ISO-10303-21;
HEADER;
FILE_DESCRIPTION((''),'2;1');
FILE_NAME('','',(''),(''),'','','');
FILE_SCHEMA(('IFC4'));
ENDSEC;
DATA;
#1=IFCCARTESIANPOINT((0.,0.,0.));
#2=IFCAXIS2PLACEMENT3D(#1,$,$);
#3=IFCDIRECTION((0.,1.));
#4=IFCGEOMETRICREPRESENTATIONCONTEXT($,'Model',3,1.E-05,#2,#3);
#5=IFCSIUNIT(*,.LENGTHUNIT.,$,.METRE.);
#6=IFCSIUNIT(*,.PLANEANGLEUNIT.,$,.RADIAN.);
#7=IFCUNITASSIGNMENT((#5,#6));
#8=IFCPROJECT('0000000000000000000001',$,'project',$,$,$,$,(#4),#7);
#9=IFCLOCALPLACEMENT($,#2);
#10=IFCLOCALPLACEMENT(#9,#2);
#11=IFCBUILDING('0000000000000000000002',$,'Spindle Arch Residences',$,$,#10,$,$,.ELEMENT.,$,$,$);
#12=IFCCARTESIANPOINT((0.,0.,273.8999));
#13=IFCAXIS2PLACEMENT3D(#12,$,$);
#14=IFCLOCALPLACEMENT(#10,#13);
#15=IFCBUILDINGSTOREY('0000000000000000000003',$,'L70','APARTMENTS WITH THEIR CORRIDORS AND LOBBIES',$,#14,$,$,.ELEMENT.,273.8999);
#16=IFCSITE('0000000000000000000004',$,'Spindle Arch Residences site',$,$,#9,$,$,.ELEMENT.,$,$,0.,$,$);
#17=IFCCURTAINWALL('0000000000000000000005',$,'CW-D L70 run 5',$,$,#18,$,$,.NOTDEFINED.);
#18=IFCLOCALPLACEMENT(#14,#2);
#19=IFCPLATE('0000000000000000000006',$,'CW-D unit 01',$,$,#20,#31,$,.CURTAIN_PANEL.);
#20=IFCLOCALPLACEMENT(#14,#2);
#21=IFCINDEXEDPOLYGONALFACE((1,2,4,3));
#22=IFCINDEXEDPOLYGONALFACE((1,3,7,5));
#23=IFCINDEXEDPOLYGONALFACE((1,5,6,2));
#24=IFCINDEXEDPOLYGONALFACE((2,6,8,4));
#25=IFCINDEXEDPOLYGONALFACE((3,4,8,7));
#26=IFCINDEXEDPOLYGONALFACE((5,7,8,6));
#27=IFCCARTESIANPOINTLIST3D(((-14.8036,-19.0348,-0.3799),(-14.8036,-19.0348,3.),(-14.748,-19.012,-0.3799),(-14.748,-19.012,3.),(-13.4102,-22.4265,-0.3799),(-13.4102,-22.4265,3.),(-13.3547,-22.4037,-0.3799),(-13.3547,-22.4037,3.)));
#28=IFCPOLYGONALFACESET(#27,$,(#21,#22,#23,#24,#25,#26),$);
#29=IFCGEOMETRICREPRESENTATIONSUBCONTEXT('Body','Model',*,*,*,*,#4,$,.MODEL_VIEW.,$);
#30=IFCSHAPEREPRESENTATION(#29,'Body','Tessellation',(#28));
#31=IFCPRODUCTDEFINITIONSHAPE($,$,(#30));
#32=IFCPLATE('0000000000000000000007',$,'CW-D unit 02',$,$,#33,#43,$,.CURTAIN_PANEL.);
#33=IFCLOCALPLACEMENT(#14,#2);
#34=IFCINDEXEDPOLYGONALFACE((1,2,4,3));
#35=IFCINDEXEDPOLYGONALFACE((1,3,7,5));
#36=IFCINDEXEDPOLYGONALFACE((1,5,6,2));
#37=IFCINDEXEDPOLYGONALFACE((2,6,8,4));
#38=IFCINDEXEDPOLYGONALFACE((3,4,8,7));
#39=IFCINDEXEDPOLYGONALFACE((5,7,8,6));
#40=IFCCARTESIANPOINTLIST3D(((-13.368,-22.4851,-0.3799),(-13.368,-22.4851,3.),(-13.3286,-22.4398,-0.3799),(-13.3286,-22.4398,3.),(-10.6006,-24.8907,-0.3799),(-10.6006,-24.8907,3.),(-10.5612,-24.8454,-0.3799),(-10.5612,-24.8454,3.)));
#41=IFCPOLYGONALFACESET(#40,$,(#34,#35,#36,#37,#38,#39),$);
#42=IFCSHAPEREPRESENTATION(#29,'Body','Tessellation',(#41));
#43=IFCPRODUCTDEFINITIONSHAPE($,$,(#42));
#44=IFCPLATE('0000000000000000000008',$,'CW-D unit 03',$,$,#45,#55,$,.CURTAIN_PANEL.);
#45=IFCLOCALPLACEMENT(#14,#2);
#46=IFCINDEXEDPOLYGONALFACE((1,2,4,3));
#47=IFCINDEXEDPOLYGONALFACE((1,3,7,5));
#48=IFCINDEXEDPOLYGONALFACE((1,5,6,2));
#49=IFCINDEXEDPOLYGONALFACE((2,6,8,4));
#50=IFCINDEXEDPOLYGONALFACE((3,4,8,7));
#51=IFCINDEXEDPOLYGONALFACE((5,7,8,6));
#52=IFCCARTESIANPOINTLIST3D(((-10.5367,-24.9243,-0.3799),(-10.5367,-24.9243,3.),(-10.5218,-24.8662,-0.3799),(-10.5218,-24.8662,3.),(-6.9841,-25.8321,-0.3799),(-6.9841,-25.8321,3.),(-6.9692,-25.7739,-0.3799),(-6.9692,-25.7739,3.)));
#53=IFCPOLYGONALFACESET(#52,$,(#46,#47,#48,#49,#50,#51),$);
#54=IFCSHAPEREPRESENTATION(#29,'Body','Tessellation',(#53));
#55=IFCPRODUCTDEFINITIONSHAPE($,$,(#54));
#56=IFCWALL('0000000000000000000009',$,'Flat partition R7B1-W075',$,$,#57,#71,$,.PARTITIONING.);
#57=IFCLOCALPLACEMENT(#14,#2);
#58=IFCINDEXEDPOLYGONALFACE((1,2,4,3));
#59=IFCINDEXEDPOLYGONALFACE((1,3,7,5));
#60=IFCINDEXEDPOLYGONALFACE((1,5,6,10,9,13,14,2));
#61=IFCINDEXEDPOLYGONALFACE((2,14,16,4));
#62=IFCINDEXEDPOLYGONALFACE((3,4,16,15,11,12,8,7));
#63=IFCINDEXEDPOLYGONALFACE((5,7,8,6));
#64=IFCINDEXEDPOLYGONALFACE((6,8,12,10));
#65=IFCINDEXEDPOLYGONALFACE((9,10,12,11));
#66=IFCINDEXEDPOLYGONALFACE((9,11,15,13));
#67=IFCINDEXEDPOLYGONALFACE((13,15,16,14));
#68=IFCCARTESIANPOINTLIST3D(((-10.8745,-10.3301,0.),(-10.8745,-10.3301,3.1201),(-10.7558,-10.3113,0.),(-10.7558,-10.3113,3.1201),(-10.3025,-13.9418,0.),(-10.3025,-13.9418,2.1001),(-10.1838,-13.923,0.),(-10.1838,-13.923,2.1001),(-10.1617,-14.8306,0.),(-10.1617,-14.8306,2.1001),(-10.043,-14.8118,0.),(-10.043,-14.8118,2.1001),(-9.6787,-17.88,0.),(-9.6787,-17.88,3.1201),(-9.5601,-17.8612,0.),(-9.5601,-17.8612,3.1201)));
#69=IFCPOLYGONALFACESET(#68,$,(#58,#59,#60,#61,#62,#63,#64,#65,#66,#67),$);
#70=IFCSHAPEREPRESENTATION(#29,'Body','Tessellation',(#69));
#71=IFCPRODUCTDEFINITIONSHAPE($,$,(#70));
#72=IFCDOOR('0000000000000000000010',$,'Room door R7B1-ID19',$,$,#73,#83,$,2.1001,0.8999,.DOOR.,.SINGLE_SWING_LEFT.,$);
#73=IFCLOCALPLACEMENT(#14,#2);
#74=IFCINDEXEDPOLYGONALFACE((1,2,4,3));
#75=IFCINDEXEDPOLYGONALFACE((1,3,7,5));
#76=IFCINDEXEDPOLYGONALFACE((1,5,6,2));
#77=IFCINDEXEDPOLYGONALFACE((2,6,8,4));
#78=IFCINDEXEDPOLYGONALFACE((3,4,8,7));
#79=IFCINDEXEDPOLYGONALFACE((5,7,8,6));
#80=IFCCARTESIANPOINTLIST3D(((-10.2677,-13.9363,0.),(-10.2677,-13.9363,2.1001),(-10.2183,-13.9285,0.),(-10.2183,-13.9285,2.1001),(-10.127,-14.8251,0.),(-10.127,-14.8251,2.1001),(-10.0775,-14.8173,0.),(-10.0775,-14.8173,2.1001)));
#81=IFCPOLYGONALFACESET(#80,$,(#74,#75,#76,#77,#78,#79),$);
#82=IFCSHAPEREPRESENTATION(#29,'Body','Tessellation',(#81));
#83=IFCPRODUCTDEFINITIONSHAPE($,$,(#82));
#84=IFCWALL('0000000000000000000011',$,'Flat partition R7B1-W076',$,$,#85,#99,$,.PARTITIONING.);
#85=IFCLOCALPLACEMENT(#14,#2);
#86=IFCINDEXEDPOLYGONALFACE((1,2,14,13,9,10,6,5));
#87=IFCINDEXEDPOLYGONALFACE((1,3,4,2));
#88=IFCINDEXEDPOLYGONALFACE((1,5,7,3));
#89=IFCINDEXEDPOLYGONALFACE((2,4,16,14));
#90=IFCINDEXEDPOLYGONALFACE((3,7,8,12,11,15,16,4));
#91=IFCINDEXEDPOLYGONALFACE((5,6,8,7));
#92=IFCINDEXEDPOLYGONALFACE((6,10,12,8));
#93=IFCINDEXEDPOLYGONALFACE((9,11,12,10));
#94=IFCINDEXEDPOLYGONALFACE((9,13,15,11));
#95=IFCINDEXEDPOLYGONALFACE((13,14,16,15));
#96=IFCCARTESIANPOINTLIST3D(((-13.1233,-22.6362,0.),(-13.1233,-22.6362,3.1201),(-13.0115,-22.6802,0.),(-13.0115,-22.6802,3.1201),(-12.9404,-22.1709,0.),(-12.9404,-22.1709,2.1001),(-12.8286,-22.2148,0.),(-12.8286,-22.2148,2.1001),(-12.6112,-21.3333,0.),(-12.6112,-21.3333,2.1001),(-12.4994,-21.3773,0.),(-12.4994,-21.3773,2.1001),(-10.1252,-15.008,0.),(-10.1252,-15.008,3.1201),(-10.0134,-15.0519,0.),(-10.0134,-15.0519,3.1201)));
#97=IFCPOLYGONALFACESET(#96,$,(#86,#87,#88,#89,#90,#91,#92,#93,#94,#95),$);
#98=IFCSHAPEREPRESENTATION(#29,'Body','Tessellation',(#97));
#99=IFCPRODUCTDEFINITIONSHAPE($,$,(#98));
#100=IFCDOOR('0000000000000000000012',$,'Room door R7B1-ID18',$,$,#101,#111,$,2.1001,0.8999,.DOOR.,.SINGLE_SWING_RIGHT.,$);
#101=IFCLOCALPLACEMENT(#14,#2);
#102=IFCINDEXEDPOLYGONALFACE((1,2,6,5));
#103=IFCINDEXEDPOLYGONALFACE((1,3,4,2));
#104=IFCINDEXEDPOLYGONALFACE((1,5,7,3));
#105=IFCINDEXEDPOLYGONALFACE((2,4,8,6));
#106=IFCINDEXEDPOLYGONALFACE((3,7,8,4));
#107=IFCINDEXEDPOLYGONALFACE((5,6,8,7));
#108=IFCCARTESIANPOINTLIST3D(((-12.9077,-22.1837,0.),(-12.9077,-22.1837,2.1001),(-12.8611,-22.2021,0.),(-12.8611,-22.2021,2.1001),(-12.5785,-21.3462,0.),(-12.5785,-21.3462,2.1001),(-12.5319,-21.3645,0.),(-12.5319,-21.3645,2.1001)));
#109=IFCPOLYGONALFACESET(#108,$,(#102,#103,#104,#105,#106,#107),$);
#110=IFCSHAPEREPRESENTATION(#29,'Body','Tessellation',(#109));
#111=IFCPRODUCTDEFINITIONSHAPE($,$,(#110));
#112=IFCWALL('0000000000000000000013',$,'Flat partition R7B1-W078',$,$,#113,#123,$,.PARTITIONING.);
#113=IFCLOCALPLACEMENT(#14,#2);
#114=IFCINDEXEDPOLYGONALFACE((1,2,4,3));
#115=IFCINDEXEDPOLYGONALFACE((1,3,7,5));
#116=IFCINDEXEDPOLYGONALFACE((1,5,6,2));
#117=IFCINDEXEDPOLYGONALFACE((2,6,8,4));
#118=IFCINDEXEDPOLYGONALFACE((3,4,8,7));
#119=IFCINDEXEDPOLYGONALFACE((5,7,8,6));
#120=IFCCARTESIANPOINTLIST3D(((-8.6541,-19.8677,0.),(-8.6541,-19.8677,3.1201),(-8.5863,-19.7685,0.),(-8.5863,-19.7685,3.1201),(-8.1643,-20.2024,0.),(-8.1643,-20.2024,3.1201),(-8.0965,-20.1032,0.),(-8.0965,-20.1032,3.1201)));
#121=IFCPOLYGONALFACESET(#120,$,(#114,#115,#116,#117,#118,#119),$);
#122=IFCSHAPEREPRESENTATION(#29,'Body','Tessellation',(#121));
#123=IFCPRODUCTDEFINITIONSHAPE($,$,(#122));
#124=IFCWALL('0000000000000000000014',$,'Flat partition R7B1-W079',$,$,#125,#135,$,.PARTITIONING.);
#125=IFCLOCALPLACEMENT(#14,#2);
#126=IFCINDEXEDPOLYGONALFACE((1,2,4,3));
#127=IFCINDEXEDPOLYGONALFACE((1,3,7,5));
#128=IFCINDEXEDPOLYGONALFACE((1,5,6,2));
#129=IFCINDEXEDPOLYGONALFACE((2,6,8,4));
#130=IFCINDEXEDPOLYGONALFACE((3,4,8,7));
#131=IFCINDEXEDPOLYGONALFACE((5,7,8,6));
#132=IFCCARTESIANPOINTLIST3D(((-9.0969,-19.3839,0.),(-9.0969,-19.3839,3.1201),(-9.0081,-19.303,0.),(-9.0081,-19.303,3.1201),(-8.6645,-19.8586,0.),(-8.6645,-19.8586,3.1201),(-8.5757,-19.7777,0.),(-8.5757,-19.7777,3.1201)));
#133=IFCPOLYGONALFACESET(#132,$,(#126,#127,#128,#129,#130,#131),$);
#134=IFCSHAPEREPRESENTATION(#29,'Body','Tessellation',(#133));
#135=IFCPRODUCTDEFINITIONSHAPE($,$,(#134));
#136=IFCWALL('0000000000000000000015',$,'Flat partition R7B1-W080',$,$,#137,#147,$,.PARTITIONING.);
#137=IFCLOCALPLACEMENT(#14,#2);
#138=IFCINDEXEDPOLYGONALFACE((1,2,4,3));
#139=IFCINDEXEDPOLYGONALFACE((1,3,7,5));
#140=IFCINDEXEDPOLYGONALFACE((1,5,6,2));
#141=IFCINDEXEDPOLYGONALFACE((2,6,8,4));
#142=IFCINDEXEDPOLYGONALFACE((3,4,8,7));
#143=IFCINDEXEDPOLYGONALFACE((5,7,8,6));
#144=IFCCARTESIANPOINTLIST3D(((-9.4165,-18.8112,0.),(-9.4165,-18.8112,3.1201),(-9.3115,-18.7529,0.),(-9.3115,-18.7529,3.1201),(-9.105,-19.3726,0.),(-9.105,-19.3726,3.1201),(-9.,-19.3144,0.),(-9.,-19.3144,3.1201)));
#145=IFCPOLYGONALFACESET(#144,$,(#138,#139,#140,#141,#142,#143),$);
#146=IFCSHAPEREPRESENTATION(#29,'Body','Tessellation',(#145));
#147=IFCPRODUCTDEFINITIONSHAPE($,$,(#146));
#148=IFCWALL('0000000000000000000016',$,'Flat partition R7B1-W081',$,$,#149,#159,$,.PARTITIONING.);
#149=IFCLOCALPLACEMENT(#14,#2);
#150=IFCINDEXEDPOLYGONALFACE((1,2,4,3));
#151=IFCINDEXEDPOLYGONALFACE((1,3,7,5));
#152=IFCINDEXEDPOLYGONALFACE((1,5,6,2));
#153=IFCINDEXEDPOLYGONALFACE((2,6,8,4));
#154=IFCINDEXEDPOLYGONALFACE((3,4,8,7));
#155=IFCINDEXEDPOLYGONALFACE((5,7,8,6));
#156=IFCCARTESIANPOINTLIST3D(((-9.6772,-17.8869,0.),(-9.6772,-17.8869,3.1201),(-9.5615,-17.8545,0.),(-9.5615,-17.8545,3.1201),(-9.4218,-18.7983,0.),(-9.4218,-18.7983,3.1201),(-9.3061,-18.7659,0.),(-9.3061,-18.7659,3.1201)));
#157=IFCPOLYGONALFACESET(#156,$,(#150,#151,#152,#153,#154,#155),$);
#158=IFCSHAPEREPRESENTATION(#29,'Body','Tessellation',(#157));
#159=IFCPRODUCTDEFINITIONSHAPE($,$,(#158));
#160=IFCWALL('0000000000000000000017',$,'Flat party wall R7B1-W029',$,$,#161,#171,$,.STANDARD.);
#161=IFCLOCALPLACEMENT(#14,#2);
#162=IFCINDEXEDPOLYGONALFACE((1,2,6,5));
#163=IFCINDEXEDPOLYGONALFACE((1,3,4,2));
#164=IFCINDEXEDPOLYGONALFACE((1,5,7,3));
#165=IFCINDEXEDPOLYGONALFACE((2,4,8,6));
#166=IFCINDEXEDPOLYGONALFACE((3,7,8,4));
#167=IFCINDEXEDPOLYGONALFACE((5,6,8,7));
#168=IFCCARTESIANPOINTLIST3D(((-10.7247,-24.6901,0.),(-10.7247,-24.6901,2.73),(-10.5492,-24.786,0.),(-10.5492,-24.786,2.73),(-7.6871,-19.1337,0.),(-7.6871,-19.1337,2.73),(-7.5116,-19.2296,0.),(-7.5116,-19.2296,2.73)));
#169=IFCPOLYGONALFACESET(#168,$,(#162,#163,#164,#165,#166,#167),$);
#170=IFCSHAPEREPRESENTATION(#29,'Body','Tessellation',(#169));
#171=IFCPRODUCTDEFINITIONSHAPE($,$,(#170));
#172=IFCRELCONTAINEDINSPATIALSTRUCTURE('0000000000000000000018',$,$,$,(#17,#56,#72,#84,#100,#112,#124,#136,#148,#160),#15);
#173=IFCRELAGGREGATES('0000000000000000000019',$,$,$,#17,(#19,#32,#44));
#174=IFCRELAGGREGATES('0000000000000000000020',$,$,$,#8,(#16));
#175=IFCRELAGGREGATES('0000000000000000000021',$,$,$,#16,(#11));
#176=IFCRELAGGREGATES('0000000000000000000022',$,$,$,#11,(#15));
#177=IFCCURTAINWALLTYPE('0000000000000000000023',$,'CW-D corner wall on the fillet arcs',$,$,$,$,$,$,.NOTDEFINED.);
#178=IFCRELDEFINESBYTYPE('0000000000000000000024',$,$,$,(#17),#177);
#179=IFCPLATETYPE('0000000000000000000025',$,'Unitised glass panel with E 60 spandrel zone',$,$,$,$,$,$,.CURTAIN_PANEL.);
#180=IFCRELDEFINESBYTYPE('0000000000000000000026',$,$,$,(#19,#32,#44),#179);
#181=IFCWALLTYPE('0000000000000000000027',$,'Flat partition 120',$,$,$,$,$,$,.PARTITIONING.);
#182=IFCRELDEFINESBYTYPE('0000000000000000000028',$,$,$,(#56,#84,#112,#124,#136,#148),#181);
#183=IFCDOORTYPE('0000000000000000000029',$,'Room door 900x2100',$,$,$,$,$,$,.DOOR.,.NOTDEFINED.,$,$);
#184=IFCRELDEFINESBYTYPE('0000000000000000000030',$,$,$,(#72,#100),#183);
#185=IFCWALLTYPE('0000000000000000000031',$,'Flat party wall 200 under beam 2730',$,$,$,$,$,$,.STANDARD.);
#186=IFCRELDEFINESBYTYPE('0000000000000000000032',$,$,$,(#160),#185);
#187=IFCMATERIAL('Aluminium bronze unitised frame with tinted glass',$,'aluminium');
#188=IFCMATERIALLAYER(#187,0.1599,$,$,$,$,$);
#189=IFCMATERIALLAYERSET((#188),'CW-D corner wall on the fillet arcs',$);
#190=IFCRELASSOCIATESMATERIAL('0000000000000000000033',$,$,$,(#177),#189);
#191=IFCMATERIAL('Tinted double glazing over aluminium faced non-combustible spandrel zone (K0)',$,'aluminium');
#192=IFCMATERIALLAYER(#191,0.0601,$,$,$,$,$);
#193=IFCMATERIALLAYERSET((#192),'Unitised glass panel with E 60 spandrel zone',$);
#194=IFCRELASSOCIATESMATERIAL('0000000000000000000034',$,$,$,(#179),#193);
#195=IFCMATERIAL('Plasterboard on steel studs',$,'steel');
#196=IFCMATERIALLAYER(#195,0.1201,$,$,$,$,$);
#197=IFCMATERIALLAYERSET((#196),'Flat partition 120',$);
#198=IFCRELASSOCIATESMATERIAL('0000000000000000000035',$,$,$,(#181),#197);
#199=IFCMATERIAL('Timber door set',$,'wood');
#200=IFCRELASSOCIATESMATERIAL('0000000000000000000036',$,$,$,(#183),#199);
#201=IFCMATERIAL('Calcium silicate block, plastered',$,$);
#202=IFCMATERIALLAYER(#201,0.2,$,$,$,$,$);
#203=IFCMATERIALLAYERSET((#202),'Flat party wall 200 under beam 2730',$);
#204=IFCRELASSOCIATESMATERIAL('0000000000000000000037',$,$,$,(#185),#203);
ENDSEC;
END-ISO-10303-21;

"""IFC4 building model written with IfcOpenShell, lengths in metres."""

from ifc_helpers import new_model, si_unit, direction, frame, frame_2d, origin, origin_2d, place, context, subcontext, project, spatial, rectangle, extrude, material, layer, layer_set, type_object, element, fill, aggregate, save


model = new_model("IFC4")

# Units and contexts
model_context = context("Model", 3, precision=1e-05, world=origin(), true_north=direction((0.0, 1.0)))
body_context = subcontext(model_context, "Body", "Model", "MODEL_VIEW")
ifc_project = project(units=[si_unit("LENGTHUNIT", "METRE"), si_unit("PLANEANGLEUNIT", "RADIAN")], contexts=[model_context])

# Site, building, storey
site_placement = place(None, origin())
site = spatial("IfcSite", under=ifc_project, at=site_placement, Name="Spindle Arch Residences site", CompositionType="ELEMENT", RefElevation=0.0)
building_placement = place(site_placement, origin())
building = spatial("IfcBuilding", under=site, at=building_placement, Name="Spindle Arch Residences", CompositionType="ELEMENT")
storey_placement = place(building_placement, frame((0.0, 0.0, 273.8999)))
storey = spatial("IfcBuildingStorey", under=building, at=storey_placement, Name="L70", Description="APARTMENTS WITH THEIR CORRIDORS AND LOBBIES", CompositionType="ELEMENT", Elevation=273.8999)

# Curtain wall
ifc_material_1 = material(Name="Aluminium bronze unitised frame with tinted glass", Category="aluminium")
ifc_layer_1 = layer(ifc_material_1, 0.1599)
ifc_layer_set_1 = layer_set([ifc_layer_1], Name="CW-D corner wall on the fillet arcs")
curtain_wall_type = type_object("IfcCurtainWallType", Name="CW-D corner wall on the fillet arcs", PredefinedType="NOTDEFINED", material=ifc_layer_set_1)
curtain_wall_placement = place(storey_placement, origin())
curtain_wall = element("IfcCurtainWall", 1, at=curtain_wall_placement, inside=storey, type_object=curtain_wall_type, Name="CW-D L70 run 5", PredefinedType="NOTDEFINED")

# Plates
ifc_material_2 = material(Name="Tinted double glazing over aluminium faced non-combustible spandrel zone (K0)", Category="aluminium")
ifc_layer_2 = layer(ifc_material_2, 0.0601)
ifc_layer_set_2 = layer_set([ifc_layer_2], Name="Unitised glass panel with E 60 spandrel zone")
plate_type = type_object("IfcPlateType", Name="Unitised glass panel with E 60 spandrel zone", PredefinedType="CURTAIN_PANEL", material=ifc_layer_set_2)
plate_1_placement = place(storey_placement, frame((-14.0791, -20.7192, -0.3799), z_axis=(0.0, 0.0, 1.0), x_axis=(0.379994, -0.924989, 0.0)))
plate_1 = element("IfcPlate", 2, at=plate_1_placement, type_object=plate_type, Name="CW-D unit 01", PredefinedType="CURTAIN_PANEL", context=body_context, shape_type="SweptSolid", body=[
    extrude(rectangle(XDim=3.6667, YDim=0.0601, at=origin_2d()), origin(), (0.0, 0.0, 1.0), 3.3799),
])
plate_2_placement = place(storey_placement, frame((-11.9646, -23.6653, -0.3799), z_axis=(0.0, 0.0, 1.0), x_axis=(0.75471, -0.656059, 0.0)))
plate_2 = element("IfcPlate", 3, at=plate_2_placement, type_object=plate_type, Name="CW-D unit 02", PredefinedType="CURTAIN_PANEL", context=body_context, shape_type="SweptSolid", body=[
    extrude(rectangle(XDim=3.6667, YDim=0.0601, at=origin_2d()), origin(), (0.0, 0.0, 1.0), 3.3799),
])
plate_3_placement = place(storey_placement, frame((-8.7529, -25.3491, -0.3799), z_axis=(0.0, 0.0, 1.0), x_axis=(0.968872, -0.247563, 0.0)))
plate_3 = element("IfcPlate", 4, at=plate_3_placement, type_object=plate_type, Name="CW-D unit 03", PredefinedType="CURTAIN_PANEL", context=body_context, shape_type="SweptSolid", body=[
    extrude(rectangle(XDim=3.6667, YDim=0.0601, at=origin_2d()), origin(), (0.0, 0.0, 1.0), 3.3799),
])
aggregate(curtain_wall, [plate_1, plate_2, plate_3])

# Walls, openings, doors
ifc_material_3 = material(Name="Plasterboard on steel studs", Category="steel")
ifc_layer_3 = layer(ifc_material_3, 0.1201)
ifc_layer_set_3 = layer_set([ifc_layer_3], Name="Flat partition 120")
wall_type_1 = type_object("IfcWallType", Name="Flat partition 120", PredefinedType="PARTITIONING", material=ifc_layer_set_3)
wall_1_placement = place(storey_placement, frame((-9.6194, -17.8706, 0.0), z_axis=(0.0, 0.0, 1.0), x_axis=(-0.156433, 0.987689, 0.0)))
wall_1 = element("IfcWall", 5, at=wall_1_placement, inside=storey, type_object=wall_type_1, Name="Flat partition R7B1-W075", PredefinedType="PARTITIONING", context=body_context, shape_type="SweptSolid", body=[
    extrude(rectangle(XDim=7.644, YDim=0.1201, at=frame_2d((3.822, 0.0))), origin(), (0.0, 0.0, 1.0), 3.1201),
])
opening_1_placement = place(wall_1_placement, frame((3.0874, 0.0, 0.0)))
opening_1 = element("IfcOpeningElement", 6, at=opening_1_placement, cuts=wall_1, PredefinedType="OPENING", context=body_context, shape_type="SweptSolid", body=[
    extrude(rectangle(XDim=0.8999, YDim=2.1001, at=frame_2d((0.45, 1.05))), frame((0.0, 0.0701, 0.0), z_axis=(0.0, -1.0, 0.0), x_axis=(1.0, 0.0, 0.0)), (0.0, 0.0, 1.0), 0.1401),
])
ifc_material_4 = material(Name="Timber door set", Category="wood")
door_type = type_object("IfcDoorType", Name="Room door 900x2100", OperationType="NOTDEFINED", PredefinedType="DOOR", material=ifc_material_4)
door_1_placement = place(opening_1_placement, origin())
door_1 = element("IfcDoor", 7, at=door_1_placement, inside=storey, type_object=door_type, Name="Room door R7B1-ID19", OperationType="SINGLE_SWING_LEFT", OverallHeight=2.1001, OverallWidth=0.8999, PredefinedType="DOOR", context=body_context, shape_type="SweptSolid", body=[
    extrude(rectangle(XDim=0.8999, YDim=2.1001, at=frame_2d((0.45, 1.05))), frame((0.0, 0.0249, 0.0), z_axis=(0.0, -1.0, 0.0), x_axis=(1.0, 0.0, 0.0)), (0.0, 0.0, 1.0), 0.05),
])
fill(opening_1, door_1)
wall_2_placement = place(storey_placement, frame((-13.0674, -22.6582, 0.0), z_axis=(0.0, 0.0, 1.0), x_axis=(0.365786, 0.930699, 0.0)))
wall_2 = element("IfcWall", 8, at=wall_2_placement, inside=storey, type_object=wall_type_1, Name="Flat partition R7B1-W076", PredefinedType="PARTITIONING", context=body_context, shape_type="SweptSolid", body=[
    extrude(rectangle(XDim=8.1963, YDim=0.1201, at=frame_2d((4.0981, 0.0))), origin(), (0.0, 0.0, 1.0), 3.1201),
])
opening_2_placement = place(wall_2_placement, frame((0.5, 0.0, 0.0)))
opening_2 = element("IfcOpeningElement", 9, at=opening_2_placement, cuts=wall_2, PredefinedType="OPENING", context=body_context, shape_type="SweptSolid", body=[
    extrude(rectangle(XDim=0.8999, YDim=2.1001, at=frame_2d((0.45, 1.05))), frame((0.0, 0.0701, 0.0), z_axis=(0.0, -1.0, 0.0), x_axis=(1.0, 0.0, 0.0)), (0.0, 0.0, 1.0), 0.1401),
])
door_2_placement = place(opening_2_placement, origin())
door_2 = element("IfcDoor", 10, at=door_2_placement, inside=storey, type_object=door_type, Name="Room door R7B1-ID18", OperationType="SINGLE_SWING_RIGHT", OverallHeight=2.1001, OverallWidth=0.8999, PredefinedType="DOOR", context=body_context, shape_type="SweptSolid", body=[
    extrude(rectangle(XDim=0.8999, YDim=2.1001, at=frame_2d((0.45, 1.05))), frame((0.0, 0.0249, 0.0), z_axis=(0.0, -1.0, 0.0), x_axis=(1.0, 0.0, 0.0)), (0.0, 0.0, 1.0), 0.05),
])
fill(opening_2, door_2)

# Walls
wall_3_placement = place(storey_placement, frame((-8.1304, -20.1528, 0.0), z_axis=(0.0, 0.0, 1.0), x_axis=(-0.8256, 0.564256, 0.0)))
element("IfcWall", 11, at=wall_3_placement, inside=storey, type_object=wall_type_1, Name="Flat partition R7B1-W078", PredefinedType="PARTITIONING", context=body_context, shape_type="SweptSolid", body=[
    extrude(rectangle(XDim=0.5933, YDim=0.1201, at=frame_2d((0.2966, 0.0))), origin(), (0.0, 0.0, 1.0), 3.1201),
])
for number, where, z_axis, x_axis, name in (
    (12, (-8.6201, -19.8181, 0.0), (0.0, 0.0, 1.0), (-0.673448, 0.739234, 0.0), "Flat partition R7B1-W079"),
    (13, (-9.0525, -19.3435, 0.0), (0.0, 0.0, 1.0), (-0.485126, 0.874444, 0.0), "Flat partition R7B1-W080"),
):
    element("IfcWall", number, at=place(storey_placement, frame(where, z_axis=z_axis, x_axis=x_axis)), inside=storey, type_object=wall_type_1, Name=name, PredefinedType="PARTITIONING", context=body_context, shape_type="SweptSolid", body=[
        extrude(rectangle(XDim=0.6421, YDim=0.1201, at=frame_2d((0.321, 0.0))), origin(), (0.0, 0.0, 1.0), 3.1201),
    ])
wall_4_placement = place(storey_placement, frame((-9.364, -18.782, 0.0), z_axis=(0.0, 0.0, 1.0), x_axis=(-0.269812, 0.962913, 0.0)))
element("IfcWall", 14, at=wall_4_placement, inside=storey, type_object=wall_type_1, Name="Flat partition R7B1-W081", PredefinedType="PARTITIONING", context=body_context, shape_type="SweptSolid", body=[
    extrude(rectangle(XDim=0.9465, YDim=0.1201, at=frame_2d((0.4731, 0.0))), origin(), (0.0, 0.0, 1.0), 3.1201),
])
ifc_material_5 = material(Name="Calcium silicate block, plastered")
ifc_layer_4 = layer(ifc_material_5, 0.2)
ifc_layer_set_4 = layer_set([ifc_layer_4], Name="Flat party wall 200 under beam 2730")
wall_type_2 = type_object("IfcWallType", Name="Flat party wall 200 under beam 2730", PredefinedType="STANDARD", material=ifc_layer_set_4)
wall_5_placement = place(storey_placement, frame((-10.637, -24.738, 0.0), z_axis=(0.0, 0.0, 1.0), x_axis=(0.479684, 0.877441, 0.0)))
element("IfcWall", 15, at=wall_5_placement, inside=storey, type_object=wall_type_2, Name="Flat party wall R7B1-W029", PredefinedType="STANDARD", context=body_context, shape_type="SweptSolid", body=[
    extrude(rectangle(XDim=6.3325, YDim=0.2, at=frame_2d((3.1663, 0.0))), origin(), (0.0, 0.0, 1.0), 2.73),
])

save(model, "model.ifc")
